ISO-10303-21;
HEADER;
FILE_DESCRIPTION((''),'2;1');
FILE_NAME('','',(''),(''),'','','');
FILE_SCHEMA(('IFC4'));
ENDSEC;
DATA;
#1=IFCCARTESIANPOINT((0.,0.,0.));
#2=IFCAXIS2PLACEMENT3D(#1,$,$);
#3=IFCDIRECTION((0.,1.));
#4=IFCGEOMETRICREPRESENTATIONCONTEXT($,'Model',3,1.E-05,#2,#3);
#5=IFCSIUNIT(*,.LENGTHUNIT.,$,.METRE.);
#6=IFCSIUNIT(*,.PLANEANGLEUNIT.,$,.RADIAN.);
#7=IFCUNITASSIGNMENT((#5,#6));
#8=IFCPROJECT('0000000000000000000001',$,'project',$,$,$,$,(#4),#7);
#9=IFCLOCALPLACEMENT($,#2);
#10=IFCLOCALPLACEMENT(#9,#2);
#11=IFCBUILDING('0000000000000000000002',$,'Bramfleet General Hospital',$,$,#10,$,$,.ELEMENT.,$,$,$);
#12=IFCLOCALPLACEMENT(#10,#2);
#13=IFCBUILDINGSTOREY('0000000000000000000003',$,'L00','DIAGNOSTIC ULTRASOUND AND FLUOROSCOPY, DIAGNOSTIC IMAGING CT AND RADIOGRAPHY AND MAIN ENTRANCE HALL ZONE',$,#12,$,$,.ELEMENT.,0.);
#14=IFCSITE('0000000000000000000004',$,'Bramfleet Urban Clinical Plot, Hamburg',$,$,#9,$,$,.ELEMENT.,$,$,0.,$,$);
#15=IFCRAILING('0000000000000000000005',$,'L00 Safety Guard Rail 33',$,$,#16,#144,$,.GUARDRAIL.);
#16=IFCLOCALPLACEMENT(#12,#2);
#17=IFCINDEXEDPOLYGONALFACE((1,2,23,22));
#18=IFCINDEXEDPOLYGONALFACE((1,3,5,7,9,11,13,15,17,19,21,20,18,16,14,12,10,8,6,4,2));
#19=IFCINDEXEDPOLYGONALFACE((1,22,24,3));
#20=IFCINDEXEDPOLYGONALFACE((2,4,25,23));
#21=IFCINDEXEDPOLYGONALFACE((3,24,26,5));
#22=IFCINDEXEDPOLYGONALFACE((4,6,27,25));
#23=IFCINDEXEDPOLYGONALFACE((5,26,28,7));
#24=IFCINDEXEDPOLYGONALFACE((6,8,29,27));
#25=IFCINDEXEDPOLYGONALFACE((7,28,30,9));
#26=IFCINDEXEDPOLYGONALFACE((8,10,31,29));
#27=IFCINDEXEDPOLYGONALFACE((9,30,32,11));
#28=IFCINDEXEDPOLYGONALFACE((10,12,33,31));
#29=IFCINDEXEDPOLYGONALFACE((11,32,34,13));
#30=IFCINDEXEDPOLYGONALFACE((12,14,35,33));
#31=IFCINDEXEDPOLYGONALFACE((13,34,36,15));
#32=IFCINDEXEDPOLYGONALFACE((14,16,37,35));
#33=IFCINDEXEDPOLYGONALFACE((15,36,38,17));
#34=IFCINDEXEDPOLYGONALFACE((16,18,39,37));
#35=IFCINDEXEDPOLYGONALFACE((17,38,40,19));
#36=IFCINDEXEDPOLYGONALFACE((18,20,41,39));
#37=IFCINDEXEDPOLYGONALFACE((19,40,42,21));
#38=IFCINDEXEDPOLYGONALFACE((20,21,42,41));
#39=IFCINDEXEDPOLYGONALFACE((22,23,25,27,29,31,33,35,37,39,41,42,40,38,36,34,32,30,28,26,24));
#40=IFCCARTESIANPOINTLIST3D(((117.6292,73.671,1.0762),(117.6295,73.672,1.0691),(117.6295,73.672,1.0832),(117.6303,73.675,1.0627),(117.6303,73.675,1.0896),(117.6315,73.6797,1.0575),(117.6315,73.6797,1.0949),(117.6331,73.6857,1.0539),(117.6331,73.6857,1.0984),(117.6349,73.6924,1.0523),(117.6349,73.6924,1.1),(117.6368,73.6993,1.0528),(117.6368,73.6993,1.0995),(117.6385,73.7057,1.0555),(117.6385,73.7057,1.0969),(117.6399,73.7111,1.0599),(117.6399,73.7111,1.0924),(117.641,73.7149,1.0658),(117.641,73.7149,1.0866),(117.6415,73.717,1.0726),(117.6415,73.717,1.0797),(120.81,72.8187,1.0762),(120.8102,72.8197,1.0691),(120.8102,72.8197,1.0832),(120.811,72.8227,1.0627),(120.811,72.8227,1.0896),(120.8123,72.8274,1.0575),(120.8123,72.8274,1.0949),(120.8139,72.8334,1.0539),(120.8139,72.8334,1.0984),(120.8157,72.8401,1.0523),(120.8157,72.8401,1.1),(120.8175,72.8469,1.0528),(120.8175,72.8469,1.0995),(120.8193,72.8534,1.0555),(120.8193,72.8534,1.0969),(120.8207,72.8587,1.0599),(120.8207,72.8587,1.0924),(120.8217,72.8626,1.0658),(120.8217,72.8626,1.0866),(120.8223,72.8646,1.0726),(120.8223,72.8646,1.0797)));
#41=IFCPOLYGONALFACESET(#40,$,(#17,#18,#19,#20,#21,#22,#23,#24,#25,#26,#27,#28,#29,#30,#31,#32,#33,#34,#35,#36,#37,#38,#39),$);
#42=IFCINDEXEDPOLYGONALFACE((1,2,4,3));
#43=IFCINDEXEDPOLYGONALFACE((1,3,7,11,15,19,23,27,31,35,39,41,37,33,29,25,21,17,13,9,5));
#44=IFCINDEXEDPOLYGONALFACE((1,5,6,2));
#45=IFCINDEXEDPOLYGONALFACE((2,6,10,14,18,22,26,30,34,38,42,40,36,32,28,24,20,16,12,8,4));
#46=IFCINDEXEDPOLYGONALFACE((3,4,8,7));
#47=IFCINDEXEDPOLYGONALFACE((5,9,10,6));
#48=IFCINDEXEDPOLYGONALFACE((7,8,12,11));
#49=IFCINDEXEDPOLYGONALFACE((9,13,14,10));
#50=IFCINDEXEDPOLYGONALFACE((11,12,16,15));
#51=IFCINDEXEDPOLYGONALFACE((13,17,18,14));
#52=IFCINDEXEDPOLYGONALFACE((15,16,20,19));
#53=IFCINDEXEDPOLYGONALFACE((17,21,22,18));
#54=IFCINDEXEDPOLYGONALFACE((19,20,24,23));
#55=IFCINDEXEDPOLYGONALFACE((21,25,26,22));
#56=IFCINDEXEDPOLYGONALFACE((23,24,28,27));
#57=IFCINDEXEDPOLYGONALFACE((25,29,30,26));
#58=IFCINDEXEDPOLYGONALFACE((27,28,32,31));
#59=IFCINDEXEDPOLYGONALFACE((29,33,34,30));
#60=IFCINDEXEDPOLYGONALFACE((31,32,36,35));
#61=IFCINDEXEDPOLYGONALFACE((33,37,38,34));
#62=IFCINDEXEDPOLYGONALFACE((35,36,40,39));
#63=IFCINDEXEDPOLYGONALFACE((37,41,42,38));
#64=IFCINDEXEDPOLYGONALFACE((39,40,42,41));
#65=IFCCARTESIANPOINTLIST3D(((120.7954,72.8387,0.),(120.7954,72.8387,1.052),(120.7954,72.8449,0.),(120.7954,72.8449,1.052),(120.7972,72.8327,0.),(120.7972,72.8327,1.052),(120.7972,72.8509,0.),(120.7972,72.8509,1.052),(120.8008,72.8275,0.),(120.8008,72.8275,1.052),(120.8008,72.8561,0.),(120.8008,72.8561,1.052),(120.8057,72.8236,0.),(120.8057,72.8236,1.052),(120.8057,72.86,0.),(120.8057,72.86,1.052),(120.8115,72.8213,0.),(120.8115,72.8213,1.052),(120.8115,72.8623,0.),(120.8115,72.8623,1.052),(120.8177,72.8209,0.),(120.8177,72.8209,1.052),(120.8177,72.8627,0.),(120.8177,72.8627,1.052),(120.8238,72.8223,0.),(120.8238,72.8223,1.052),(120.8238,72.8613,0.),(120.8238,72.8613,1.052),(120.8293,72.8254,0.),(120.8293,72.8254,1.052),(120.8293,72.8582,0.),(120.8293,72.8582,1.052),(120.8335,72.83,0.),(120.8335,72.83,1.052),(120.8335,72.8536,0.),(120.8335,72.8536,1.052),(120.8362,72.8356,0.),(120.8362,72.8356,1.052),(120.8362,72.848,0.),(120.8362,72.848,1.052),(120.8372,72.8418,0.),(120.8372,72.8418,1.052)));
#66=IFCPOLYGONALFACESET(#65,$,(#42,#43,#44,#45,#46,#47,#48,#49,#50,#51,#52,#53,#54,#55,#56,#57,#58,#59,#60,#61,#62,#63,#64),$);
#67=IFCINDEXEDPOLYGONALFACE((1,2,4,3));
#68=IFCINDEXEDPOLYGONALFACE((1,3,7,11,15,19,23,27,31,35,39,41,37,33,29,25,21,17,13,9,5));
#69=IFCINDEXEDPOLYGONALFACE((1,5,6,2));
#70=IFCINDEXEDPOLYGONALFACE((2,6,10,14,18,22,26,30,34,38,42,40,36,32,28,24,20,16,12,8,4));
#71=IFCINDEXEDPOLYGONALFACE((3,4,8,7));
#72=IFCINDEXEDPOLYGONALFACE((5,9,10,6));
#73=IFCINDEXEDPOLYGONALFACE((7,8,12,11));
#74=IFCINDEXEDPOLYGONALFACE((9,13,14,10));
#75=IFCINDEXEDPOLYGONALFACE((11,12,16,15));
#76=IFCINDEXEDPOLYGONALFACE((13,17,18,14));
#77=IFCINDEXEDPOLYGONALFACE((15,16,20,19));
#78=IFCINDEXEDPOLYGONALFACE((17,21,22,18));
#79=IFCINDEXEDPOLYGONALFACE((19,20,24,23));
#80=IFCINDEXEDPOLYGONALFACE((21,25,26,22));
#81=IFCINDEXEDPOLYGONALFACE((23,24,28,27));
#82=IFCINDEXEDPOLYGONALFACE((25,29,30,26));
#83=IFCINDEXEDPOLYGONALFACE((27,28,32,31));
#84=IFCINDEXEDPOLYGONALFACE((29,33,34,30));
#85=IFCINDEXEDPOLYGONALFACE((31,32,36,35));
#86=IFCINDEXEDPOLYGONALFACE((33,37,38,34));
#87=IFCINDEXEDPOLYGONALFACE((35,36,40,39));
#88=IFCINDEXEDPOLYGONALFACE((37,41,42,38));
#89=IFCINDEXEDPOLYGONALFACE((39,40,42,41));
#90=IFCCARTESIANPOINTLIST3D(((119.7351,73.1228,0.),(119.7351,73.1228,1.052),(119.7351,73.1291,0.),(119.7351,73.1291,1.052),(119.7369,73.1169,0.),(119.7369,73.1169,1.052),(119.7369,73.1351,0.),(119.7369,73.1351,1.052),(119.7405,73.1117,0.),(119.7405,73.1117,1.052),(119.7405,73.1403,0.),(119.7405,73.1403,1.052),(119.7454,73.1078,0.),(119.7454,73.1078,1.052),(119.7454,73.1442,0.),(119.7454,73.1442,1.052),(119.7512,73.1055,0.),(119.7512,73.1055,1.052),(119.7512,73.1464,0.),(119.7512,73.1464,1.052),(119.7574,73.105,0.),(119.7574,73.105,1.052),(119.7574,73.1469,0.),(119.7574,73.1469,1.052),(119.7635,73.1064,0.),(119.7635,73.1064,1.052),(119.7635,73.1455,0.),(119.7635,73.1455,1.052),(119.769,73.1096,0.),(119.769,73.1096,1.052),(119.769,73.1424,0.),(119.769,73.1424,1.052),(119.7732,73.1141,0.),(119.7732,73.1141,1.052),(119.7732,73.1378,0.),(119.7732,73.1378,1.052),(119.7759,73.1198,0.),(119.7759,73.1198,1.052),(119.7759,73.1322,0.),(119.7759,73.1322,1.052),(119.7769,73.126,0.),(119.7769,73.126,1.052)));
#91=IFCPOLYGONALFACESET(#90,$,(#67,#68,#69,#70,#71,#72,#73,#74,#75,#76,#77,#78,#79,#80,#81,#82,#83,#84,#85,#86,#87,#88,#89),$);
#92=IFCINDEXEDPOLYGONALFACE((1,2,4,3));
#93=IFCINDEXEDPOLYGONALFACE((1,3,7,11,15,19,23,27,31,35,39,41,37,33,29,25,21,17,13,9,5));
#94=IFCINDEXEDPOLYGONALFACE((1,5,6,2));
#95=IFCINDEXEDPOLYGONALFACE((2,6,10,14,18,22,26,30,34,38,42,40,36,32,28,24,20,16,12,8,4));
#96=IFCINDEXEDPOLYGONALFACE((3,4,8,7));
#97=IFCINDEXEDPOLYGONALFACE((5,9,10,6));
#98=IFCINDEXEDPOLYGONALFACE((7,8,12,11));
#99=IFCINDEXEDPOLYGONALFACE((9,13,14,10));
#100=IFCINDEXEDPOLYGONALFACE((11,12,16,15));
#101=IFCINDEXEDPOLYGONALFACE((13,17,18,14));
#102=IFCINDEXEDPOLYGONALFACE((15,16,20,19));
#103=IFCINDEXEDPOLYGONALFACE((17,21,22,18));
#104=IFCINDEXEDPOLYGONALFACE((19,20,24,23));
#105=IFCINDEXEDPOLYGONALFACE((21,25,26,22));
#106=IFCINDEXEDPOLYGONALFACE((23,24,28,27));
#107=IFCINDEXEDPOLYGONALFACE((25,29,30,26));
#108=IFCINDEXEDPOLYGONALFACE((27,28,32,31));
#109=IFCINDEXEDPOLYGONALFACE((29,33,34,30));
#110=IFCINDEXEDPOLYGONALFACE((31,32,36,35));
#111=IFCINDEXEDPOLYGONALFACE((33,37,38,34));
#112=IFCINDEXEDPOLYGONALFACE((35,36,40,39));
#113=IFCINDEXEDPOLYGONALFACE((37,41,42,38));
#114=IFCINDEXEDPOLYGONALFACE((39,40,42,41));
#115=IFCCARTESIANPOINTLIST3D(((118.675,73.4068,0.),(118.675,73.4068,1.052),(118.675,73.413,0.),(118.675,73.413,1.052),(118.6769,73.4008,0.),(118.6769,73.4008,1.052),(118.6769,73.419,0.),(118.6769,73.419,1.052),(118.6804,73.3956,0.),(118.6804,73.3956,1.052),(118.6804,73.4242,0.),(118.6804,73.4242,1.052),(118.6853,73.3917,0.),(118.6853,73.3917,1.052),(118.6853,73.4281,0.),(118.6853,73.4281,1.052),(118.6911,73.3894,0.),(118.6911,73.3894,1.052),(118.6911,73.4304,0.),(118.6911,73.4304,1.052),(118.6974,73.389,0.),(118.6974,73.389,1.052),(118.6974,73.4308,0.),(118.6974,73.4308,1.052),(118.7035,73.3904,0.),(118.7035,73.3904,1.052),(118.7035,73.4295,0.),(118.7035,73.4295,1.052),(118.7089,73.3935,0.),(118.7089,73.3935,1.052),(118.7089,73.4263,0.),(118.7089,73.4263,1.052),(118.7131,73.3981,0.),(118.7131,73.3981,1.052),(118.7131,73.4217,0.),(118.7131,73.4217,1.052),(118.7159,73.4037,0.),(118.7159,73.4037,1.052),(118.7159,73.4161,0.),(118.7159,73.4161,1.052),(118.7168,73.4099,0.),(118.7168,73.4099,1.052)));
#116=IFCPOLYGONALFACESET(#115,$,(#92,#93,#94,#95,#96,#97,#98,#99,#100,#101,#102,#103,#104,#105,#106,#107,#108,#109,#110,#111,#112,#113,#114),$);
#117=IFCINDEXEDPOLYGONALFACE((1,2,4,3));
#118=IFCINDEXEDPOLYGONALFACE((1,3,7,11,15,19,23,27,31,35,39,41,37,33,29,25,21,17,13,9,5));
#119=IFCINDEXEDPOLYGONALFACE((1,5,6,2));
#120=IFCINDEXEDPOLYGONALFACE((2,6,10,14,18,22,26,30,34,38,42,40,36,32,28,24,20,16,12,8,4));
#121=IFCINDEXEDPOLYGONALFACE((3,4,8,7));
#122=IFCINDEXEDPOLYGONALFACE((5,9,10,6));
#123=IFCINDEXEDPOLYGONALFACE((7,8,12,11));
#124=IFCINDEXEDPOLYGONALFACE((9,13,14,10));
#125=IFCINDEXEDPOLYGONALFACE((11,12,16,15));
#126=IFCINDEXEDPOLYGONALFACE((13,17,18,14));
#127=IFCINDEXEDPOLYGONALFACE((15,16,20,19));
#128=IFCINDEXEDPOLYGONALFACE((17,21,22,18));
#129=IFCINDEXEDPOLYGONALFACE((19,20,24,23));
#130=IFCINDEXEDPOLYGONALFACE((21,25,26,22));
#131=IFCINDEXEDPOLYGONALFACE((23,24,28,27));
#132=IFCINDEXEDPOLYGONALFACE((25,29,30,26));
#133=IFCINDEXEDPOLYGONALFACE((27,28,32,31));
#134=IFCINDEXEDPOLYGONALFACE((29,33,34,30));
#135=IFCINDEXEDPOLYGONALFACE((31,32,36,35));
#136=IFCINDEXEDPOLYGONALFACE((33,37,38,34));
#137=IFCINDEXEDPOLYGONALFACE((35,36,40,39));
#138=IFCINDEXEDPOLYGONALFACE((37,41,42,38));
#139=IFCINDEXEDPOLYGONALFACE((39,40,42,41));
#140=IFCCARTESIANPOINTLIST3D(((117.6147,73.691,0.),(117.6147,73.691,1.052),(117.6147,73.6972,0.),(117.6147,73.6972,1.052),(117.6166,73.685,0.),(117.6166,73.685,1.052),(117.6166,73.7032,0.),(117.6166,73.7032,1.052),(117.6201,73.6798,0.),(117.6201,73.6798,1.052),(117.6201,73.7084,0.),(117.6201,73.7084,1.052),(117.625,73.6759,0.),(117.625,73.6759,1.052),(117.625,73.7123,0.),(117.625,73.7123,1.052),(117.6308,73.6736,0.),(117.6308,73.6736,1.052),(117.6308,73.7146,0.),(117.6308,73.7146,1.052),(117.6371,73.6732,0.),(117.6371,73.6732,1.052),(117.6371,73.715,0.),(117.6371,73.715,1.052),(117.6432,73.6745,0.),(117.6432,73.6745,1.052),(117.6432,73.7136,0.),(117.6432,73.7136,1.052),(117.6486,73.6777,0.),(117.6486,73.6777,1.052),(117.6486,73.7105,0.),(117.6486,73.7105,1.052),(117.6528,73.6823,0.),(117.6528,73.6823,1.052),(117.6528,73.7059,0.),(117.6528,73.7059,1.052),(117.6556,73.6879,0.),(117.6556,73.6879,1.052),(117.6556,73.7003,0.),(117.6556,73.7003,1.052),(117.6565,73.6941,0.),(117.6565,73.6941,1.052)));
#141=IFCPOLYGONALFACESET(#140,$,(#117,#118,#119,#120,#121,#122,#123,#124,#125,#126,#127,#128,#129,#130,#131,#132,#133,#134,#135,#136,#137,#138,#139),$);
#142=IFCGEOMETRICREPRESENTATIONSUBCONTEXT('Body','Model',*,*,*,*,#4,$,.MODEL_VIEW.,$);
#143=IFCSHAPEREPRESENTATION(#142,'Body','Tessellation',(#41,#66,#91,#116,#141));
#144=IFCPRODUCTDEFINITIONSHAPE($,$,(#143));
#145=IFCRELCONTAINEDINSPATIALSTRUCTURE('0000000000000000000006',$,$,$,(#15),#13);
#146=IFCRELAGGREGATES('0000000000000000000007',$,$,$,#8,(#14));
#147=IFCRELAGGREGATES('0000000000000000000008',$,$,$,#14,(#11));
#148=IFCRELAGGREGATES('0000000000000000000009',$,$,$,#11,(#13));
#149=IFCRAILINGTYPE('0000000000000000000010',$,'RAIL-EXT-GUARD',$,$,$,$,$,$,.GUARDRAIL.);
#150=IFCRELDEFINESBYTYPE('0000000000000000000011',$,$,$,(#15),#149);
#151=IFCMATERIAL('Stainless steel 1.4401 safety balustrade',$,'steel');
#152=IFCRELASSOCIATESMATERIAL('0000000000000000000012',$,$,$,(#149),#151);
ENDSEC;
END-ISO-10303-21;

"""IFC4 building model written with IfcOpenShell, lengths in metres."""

from ifc_helpers import new_model, si_unit, direction, frame, origin, origin_2d, place, context, subcontext, project, spatial, circle, extrude, material, type_object, element, save


model = new_model("IFC4")

# Units and contexts
model_context = context("Model", 3, precision=1e-05, world=origin(), true_north=direction((0.0, 1.0)))
body_context = subcontext(model_context, "Body", "Model", "MODEL_VIEW")
ifc_project = project(units=[si_unit("LENGTHUNIT", "METRE"), si_unit("PLANEANGLEUNIT", "RADIAN")], contexts=[model_context])

# Site, building, storey
site_placement = place(None, origin())
site = spatial("IfcSite", under=ifc_project, at=site_placement, Name="Bramfleet Urban Clinical Plot, Hamburg", CompositionType="ELEMENT", RefElevation=0.0)
building_placement = place(site_placement, origin())
building = spatial("IfcBuilding", under=site, at=building_placement, Name="Bramfleet General Hospital", CompositionType="ELEMENT")
storey_placement = place(building_placement, origin())
storey = spatial("IfcBuildingStorey", under=building, at=storey_placement, Name="L00", Description="DIAGNOSTIC ULTRASOUND AND FLUOROSCOPY, DIAGNOSTIC IMAGING CT AND RADIOGRAPHY AND MAIN ENTRANCE HALL ZONE", CompositionType="ELEMENT", Elevation=0.0)

# Railing
ifc_material_1 = material(Name="Stainless steel 1.4401 safety balustrade", Category="steel")
railing_type = type_object("IfcRailingType", Name="RAIL-EXT-GUARD", PredefinedType="GUARDRAIL", material=ifc_material_1)
railing_1_placement = place(storey_placement, frame((120.8162, 72.8418, 0.0)))
element("IfcRailing", 1, at=railing_1_placement, inside=storey, type_object=railing_type, Name="L00 Safety Guard Rail 33", PredefinedType="GUARDRAIL", context=body_context, shape_type="SweptSolid", body=[
    extrude(circle(Radius=0.0239, at=origin_2d()), frame((0.0, 0.0, 1.0762), z_axis=(-0.965923, 0.25883, 0.0), x_axis=(-0.25883, -0.965923, 0.0)), (0.0, 0.0, 1.0), 3.293),
    extrude(circle(Radius=0.021, at=origin_2d()), origin(), (0.0, 0.0, 1.0), 1.052),
    extrude(circle(Radius=0.021, at=origin_2d()), frame((-1.0603, 0.2842, 0.0)), (0.0, 0.0, 1.0), 1.052),
    extrude(circle(Radius=0.021, at=origin_2d()), frame((-2.1204, 0.5681, 0.0)), (0.0, 0.0, 1.0), 1.052),
    extrude(circle(Radius=0.021, at=origin_2d()), frame((-3.1807, 0.8523, 0.0)), (0.0, 0.0, 1.0), 1.052),
])

save(model, "model.ifc")
